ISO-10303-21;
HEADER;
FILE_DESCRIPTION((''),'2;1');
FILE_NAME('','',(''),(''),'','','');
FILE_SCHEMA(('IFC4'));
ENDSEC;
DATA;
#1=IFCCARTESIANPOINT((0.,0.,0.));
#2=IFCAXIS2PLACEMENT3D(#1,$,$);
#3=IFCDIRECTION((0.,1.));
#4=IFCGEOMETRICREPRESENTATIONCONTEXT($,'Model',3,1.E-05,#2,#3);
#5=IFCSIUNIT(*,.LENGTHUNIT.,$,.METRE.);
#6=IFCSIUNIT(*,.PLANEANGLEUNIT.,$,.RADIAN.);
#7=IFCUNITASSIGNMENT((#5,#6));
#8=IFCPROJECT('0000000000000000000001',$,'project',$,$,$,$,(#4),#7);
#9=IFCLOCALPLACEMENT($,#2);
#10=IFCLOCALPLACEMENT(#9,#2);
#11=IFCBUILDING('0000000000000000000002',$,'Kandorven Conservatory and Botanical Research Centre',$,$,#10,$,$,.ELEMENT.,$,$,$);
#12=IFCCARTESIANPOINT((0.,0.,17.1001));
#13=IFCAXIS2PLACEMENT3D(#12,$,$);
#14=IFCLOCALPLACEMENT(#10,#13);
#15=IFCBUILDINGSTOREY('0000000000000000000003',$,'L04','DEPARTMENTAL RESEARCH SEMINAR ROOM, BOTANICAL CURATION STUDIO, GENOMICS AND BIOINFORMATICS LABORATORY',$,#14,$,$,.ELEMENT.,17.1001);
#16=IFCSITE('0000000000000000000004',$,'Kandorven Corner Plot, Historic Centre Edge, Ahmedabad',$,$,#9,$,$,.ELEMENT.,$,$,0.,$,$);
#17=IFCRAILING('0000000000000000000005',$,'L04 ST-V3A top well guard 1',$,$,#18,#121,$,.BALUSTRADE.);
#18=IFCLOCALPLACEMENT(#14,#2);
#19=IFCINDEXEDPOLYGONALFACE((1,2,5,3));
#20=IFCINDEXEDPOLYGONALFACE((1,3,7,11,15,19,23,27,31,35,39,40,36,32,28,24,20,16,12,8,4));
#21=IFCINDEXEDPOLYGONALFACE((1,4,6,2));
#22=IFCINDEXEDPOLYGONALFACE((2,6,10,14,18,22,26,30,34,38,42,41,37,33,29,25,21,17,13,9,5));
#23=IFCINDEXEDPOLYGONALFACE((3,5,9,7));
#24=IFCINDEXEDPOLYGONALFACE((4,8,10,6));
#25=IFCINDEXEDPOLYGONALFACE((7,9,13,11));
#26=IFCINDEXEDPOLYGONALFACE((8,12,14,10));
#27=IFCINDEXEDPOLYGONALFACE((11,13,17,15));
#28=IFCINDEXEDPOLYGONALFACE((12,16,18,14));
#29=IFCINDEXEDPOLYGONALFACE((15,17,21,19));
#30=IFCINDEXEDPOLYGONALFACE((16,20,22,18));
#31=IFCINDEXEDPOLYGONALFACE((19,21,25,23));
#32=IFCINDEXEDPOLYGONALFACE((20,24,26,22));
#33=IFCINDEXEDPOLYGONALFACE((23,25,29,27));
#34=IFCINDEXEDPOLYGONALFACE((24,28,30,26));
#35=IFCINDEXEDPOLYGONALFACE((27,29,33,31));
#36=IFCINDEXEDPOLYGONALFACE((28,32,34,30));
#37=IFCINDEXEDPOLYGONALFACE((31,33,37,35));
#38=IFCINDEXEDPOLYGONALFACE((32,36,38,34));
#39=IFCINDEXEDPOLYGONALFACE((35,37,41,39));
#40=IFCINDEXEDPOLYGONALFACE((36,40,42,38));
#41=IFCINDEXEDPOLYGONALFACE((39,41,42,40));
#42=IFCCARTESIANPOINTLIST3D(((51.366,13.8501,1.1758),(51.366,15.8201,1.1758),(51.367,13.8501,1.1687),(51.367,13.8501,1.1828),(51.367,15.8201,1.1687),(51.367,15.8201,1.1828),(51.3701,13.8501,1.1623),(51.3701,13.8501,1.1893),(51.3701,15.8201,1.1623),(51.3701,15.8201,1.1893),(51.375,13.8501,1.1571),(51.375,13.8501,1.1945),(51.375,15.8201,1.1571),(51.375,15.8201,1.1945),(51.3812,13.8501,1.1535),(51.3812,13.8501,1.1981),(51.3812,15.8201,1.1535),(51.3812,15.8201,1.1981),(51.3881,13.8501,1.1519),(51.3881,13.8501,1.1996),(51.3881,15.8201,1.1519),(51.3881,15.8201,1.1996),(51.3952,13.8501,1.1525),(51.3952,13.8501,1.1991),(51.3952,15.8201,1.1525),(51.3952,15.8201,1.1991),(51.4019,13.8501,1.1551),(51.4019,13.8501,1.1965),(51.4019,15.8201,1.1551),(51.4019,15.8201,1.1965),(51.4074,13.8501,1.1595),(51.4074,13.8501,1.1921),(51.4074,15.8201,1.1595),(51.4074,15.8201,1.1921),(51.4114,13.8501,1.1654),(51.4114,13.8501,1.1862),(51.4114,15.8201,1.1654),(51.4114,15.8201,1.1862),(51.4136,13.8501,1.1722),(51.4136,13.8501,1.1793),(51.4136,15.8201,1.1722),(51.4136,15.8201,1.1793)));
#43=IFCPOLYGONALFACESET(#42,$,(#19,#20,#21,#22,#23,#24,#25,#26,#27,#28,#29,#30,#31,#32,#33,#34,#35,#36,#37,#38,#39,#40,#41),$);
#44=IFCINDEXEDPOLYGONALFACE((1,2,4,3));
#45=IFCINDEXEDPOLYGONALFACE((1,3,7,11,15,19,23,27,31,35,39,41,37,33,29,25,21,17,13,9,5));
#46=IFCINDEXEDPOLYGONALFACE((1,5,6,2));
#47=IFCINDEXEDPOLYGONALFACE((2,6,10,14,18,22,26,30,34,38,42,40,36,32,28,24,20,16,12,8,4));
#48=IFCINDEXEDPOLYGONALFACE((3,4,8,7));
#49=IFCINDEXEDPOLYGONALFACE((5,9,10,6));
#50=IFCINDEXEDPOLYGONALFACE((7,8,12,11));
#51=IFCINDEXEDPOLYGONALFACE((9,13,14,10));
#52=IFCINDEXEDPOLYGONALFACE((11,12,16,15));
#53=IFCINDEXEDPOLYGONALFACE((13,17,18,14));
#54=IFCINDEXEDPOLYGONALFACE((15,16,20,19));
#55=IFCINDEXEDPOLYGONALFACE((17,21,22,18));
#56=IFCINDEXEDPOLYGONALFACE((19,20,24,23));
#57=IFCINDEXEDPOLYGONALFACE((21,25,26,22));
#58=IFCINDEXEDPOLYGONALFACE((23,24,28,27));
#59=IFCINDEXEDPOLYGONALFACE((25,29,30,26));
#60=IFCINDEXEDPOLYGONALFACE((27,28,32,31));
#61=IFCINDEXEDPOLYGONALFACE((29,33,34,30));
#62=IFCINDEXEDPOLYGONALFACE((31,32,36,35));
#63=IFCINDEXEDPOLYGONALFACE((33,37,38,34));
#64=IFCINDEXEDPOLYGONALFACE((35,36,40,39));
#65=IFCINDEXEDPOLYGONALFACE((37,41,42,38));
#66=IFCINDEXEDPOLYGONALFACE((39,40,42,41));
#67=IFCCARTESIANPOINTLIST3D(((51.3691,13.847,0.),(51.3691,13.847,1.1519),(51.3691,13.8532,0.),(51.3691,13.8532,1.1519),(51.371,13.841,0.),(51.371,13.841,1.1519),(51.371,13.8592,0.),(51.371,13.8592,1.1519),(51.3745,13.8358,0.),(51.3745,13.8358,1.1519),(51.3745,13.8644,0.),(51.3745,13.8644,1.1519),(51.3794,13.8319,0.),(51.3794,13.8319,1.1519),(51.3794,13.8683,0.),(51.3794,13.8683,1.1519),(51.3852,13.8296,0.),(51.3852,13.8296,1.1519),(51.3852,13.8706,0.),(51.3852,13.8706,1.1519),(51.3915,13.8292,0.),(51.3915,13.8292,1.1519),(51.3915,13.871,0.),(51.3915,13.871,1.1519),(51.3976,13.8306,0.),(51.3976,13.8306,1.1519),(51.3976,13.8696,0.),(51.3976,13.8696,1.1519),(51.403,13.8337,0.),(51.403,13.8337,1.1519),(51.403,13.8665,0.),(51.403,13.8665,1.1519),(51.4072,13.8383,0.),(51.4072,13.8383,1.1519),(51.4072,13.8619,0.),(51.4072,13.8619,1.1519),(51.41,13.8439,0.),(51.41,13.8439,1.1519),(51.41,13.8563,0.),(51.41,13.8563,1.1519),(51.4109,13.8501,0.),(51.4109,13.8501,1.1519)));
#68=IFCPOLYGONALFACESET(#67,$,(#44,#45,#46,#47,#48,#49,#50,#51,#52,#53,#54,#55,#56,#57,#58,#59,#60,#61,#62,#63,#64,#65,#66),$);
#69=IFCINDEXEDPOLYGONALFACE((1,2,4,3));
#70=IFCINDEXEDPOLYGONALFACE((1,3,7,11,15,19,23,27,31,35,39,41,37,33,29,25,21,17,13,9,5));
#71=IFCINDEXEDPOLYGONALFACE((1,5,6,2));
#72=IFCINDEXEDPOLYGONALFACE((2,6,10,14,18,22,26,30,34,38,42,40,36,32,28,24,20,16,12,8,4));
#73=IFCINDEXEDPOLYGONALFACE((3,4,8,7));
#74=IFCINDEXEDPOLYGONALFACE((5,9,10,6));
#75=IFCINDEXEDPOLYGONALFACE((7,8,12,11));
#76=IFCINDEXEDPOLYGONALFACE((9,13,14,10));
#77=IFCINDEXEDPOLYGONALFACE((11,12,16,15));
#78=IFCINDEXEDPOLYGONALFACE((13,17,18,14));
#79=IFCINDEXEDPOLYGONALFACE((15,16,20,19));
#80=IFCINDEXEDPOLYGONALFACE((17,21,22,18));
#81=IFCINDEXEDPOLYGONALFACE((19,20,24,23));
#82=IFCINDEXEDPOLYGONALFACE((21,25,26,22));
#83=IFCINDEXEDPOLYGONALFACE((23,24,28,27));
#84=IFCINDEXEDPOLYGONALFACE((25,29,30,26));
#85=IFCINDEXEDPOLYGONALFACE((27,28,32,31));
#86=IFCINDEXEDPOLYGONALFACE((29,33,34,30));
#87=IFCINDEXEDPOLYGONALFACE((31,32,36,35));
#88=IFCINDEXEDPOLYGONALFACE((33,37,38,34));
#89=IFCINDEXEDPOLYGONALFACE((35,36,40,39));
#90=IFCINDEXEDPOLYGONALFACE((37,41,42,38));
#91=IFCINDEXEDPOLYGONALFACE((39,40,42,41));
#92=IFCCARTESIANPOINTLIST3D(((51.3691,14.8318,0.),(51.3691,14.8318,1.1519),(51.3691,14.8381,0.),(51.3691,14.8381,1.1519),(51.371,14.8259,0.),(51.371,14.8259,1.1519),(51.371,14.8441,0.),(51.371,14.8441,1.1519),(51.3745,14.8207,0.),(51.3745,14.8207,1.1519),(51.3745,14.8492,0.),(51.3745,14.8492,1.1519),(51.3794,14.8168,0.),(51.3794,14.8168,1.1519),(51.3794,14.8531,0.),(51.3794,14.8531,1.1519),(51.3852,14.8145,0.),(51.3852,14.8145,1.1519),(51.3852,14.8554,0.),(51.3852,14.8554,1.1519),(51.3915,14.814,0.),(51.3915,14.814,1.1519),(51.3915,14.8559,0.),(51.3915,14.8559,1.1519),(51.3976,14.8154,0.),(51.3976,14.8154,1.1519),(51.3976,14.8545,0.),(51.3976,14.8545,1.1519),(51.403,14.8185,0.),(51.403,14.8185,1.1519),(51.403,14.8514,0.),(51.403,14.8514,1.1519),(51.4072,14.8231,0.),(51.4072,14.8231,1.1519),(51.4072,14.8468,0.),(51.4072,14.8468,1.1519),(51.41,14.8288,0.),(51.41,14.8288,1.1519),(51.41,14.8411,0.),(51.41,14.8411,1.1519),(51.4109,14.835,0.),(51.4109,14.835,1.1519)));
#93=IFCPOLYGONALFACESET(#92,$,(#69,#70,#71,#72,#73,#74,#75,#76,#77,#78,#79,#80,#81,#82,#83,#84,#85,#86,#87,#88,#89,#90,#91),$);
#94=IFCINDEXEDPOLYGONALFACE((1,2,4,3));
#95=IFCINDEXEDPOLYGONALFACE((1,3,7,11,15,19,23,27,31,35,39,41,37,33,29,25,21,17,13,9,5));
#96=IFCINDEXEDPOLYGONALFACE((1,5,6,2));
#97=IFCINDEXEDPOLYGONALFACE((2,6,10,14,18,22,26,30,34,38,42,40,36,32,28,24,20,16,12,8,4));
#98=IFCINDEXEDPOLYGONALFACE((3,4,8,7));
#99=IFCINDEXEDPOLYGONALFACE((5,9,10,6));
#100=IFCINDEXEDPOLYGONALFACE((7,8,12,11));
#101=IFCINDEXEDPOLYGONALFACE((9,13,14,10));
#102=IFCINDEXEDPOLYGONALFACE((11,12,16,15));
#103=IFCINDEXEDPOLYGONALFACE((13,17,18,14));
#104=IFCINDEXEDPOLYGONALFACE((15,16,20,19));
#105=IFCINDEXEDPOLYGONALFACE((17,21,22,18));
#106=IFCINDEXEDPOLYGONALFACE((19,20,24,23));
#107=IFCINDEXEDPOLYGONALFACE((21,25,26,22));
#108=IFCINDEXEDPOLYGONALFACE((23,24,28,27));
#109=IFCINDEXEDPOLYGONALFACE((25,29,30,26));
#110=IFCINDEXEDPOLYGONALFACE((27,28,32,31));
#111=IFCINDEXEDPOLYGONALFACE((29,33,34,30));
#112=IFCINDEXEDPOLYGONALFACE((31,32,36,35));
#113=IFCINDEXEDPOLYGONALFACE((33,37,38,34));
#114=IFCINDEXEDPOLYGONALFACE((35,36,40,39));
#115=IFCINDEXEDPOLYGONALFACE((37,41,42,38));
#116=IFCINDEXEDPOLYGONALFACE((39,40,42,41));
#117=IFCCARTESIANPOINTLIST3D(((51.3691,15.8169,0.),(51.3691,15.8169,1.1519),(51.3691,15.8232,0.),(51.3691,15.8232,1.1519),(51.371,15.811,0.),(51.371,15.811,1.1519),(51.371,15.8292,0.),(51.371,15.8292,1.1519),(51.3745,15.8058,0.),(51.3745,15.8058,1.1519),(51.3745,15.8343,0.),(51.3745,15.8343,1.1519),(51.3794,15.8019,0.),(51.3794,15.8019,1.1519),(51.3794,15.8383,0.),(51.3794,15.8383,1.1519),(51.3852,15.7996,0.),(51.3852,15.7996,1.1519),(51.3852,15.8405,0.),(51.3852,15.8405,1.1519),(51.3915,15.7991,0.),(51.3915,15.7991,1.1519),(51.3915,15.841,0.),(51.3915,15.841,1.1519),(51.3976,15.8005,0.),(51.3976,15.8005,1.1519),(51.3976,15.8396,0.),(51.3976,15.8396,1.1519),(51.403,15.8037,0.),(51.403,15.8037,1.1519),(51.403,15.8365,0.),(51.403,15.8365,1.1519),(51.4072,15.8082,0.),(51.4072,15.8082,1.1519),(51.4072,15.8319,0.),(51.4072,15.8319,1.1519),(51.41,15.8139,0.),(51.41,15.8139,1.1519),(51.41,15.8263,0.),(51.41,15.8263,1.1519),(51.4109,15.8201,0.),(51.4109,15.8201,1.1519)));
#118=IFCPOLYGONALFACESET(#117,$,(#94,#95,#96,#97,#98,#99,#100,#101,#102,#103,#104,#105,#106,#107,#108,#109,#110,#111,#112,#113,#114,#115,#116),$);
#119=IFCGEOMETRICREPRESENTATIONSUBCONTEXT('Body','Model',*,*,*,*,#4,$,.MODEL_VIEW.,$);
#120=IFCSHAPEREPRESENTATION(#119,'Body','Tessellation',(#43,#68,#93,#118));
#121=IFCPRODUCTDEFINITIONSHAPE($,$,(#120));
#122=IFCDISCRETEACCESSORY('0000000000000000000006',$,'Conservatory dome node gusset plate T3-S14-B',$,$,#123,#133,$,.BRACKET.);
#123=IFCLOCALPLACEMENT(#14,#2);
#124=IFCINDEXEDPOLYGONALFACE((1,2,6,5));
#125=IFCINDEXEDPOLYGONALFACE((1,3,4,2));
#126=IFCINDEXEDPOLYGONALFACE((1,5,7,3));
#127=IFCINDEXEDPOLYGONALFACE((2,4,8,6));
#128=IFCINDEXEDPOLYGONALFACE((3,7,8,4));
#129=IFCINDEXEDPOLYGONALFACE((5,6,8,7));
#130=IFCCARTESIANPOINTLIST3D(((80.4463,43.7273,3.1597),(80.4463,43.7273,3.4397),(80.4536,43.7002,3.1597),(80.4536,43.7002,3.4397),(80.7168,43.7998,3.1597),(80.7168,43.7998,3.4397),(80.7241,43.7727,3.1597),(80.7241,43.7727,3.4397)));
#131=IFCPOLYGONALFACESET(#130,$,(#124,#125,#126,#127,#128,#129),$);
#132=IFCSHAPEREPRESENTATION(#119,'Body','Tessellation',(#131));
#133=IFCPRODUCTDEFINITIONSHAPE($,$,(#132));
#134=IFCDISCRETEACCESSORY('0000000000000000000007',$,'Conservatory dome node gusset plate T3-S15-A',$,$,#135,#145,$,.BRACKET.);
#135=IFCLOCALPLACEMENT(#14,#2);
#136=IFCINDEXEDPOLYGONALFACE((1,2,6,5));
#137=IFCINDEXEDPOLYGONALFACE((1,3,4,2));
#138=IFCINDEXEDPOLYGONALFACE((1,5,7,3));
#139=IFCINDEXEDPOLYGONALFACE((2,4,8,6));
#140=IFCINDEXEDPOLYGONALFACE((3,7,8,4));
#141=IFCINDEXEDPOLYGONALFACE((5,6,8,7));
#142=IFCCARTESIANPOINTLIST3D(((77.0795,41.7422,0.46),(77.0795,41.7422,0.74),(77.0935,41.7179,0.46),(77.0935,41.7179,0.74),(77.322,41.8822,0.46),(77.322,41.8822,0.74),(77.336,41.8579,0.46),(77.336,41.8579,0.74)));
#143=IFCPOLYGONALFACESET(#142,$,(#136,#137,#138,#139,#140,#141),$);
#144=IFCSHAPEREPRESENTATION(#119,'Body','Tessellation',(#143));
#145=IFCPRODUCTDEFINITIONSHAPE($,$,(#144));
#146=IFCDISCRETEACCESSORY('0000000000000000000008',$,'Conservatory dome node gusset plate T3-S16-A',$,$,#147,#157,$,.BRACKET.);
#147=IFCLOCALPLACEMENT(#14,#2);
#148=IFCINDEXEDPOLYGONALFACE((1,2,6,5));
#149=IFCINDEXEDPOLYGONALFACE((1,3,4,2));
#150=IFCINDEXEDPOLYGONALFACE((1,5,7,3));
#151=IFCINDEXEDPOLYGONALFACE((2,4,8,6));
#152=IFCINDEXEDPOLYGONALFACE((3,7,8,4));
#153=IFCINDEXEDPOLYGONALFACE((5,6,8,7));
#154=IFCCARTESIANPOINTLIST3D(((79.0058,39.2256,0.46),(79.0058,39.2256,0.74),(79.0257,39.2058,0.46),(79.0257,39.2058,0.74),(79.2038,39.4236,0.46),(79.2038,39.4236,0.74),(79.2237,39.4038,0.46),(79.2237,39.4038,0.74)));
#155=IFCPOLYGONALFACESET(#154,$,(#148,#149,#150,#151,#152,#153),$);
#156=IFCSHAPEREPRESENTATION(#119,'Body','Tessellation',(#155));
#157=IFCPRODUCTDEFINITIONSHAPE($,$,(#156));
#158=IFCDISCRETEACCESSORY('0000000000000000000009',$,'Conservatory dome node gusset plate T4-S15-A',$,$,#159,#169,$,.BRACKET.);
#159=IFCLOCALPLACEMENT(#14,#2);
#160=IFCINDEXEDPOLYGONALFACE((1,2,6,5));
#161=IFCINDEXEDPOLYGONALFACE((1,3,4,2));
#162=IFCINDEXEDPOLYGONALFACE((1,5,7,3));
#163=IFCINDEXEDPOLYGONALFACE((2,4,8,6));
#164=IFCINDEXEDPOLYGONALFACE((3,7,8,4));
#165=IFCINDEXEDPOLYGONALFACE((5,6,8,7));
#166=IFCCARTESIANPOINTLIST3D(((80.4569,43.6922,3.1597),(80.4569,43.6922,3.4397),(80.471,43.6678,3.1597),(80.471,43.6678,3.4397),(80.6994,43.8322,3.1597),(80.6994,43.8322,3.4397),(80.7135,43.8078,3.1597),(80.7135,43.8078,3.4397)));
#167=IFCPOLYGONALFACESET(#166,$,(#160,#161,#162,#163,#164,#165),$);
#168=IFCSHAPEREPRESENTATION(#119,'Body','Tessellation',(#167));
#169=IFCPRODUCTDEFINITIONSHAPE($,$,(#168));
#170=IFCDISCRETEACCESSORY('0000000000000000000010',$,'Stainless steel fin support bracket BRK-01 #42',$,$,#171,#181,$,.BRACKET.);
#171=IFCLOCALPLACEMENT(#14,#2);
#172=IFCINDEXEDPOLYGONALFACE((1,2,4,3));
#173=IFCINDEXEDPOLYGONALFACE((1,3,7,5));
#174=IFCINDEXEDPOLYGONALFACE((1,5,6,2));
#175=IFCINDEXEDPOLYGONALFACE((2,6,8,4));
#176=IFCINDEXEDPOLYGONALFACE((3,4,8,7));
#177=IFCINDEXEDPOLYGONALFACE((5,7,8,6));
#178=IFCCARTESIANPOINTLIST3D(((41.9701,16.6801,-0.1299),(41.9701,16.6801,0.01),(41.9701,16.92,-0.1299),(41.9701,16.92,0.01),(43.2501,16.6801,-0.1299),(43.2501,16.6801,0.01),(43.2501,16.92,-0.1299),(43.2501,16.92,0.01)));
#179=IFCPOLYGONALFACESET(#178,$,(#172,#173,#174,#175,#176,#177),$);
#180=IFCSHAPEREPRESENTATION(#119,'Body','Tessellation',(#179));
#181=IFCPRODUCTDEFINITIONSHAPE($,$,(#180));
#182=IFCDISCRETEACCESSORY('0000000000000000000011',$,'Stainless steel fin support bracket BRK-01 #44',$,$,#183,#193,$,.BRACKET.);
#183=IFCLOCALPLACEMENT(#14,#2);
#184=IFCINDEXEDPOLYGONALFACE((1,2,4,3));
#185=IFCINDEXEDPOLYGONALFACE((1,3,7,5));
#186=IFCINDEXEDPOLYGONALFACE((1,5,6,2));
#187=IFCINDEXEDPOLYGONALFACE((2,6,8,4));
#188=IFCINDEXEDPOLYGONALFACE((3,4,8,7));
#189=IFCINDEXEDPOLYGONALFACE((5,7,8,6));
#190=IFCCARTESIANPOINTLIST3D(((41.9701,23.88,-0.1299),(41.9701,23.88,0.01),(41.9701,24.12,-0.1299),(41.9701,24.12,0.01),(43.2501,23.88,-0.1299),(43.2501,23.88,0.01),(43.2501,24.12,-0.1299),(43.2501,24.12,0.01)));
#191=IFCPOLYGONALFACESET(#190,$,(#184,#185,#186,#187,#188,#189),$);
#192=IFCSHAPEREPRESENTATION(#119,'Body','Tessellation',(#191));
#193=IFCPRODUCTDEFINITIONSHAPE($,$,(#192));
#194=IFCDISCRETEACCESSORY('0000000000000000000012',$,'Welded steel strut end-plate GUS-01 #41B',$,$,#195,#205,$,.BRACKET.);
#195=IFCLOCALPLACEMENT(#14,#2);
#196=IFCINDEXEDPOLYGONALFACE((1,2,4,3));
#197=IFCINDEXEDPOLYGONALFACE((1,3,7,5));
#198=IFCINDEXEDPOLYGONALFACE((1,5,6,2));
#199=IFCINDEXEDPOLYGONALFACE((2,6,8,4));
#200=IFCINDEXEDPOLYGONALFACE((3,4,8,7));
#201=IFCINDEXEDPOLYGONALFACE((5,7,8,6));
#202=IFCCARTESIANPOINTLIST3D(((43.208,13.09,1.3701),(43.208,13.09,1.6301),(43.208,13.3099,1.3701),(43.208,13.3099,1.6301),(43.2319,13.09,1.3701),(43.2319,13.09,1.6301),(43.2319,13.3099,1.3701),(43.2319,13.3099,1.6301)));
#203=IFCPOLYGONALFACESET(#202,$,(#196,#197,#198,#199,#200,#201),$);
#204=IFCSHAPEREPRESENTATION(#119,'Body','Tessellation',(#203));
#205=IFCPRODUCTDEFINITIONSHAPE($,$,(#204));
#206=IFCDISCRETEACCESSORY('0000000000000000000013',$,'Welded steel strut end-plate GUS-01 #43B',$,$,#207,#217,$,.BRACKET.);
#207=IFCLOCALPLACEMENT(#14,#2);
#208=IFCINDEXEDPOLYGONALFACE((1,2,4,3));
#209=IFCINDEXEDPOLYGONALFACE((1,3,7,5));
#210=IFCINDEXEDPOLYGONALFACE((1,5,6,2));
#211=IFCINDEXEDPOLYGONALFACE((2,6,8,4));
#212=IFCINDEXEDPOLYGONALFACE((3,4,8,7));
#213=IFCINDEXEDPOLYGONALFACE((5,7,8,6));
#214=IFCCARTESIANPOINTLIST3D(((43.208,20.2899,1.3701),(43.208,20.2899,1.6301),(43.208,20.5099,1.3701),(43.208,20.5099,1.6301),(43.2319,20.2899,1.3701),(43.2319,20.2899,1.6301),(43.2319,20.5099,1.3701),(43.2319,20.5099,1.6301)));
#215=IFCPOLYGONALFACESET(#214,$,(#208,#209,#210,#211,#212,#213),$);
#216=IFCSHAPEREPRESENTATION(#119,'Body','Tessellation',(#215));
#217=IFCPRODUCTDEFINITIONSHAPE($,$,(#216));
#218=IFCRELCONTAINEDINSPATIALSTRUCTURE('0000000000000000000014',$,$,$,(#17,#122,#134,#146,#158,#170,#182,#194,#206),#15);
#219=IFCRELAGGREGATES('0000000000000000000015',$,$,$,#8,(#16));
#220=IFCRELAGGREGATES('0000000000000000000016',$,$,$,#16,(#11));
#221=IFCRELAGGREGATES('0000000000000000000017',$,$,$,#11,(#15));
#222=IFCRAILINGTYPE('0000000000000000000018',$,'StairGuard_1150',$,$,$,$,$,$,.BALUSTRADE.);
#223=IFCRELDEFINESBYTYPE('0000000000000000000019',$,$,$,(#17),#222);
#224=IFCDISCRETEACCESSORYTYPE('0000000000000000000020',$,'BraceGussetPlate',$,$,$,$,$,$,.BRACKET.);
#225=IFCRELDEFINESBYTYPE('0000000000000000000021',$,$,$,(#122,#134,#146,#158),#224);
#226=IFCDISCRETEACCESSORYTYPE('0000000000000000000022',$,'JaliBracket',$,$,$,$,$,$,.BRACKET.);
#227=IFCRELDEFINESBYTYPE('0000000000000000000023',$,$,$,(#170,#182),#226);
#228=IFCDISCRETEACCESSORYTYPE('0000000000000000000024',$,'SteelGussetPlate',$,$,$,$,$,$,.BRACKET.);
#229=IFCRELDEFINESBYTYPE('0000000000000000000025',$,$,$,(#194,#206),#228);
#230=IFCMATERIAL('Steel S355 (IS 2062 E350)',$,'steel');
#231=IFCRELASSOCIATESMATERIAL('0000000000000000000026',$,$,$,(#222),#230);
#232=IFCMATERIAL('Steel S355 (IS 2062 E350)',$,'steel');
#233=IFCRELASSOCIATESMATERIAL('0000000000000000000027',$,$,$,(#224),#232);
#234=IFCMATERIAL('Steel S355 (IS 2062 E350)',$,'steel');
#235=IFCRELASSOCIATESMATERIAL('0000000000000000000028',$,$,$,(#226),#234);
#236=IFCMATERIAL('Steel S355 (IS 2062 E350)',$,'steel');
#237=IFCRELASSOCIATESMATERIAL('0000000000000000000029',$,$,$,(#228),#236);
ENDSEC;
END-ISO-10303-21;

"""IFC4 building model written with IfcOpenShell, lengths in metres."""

from ifc_helpers import new_model, si_unit, direction, frame, origin, origin_2d, place, context, subcontext, project, spatial, rectangle, circle, extrude, material, type_object, element, save


model = new_model("IFC4")

# Units and contexts
model_context = context("Model", 3, precision=1e-05, world=origin(), true_north=direction((0.0, 1.0)))
body_context = subcontext(model_context, "Body", "Model", "MODEL_VIEW")
ifc_project = project(units=[si_unit("LENGTHUNIT", "METRE"), si_unit("PLANEANGLEUNIT", "RADIAN")], contexts=[model_context])

# Site, building, storey
site_placement = place(None, origin())
site = spatial("IfcSite", under=ifc_project, at=site_placement, Name="Kandorven Corner Plot, Historic Centre Edge, Ahmedabad", CompositionType="ELEMENT", RefElevation=0.0)
building_placement = place(site_placement, origin())
building = spatial("IfcBuilding", under=site, at=building_placement, Name="Kandorven Conservatory and Botanical Research Centre", CompositionType="ELEMENT")
storey_placement = place(building_placement, frame((0.0, 0.0, 17.1001)))
storey = spatial("IfcBuildingStorey", under=building, at=storey_placement, Name="L04", Description="DEPARTMENTAL RESEARCH SEMINAR ROOM, BOTANICAL CURATION STUDIO, GENOMICS AND BIOINFORMATICS LABORATORY", CompositionType="ELEMENT", Elevation=17.1001)

# Railing
ifc_material_1 = material(Name="Steel S355 (IS 2062 E350)", Category="steel")
railing_type = type_object("IfcRailingType", Name="StairGuard_1150", PredefinedType="BALUSTRADE", material=ifc_material_1)
railing_placement = place(storey_placement, frame((51.3899, 13.8501, 0.0)))
element("IfcRailing", 1, at=railing_placement, inside=storey, type_object=railing_type, Name="L04 ST-V3A top well guard 1", PredefinedType="BALUSTRADE", context=body_context, shape_type="SweptSolid", body=[
    extrude(circle(Radius=0.0239, at=origin_2d()), frame((0.0, 0.0, 1.1758), z_axis=(0.0, 1.0, 0.0), x_axis=(-1.0, 0.0, 0.0)), (0.0, 0.0, 1.0), 1.97),
    extrude(circle(Radius=0.021, at=origin_2d()), origin(), (0.0, 0.0, 1.0), 1.1519),
    extrude(circle(Radius=0.021, at=origin_2d()), frame((0.0, 0.9849, 0.0)), (0.0, 0.0, 1.0), 1.1519),
    extrude(circle(Radius=0.021, at=origin_2d()), frame((0.0, 1.97, 0.0)), (0.0, 0.0, 1.0), 1.1519),
])

# Discrete accessories
ifc_material_2 = material(Name="Steel S355 (IS 2062 E350)", Category="steel")
discrete_accessory_type_1 = type_object("IfcDiscreteAccessoryType", Name="BraceGussetPlate", PredefinedType="BRACKET", material=ifc_material_2)
for number, where, z_axis, x_axis, name in (
    (2, (80.5852, 43.75, 3.1597), (0.0, 0.0, 1.0), (-0.965926, -0.258819, 0.0), "Conservatory dome node gusset plate T3-S14-B"),
    (3, (77.2078, 41.8, 0.46), (0.0, 0.0, 1.0), (-0.866025, -0.5, 0.0), "Conservatory dome node gusset plate T3-S15-A"),
    (4, (79.1147, 39.3147, 0.46), (0.0, 0.0, 1.0), (-0.707107, -0.707107, 0.0), "Conservatory dome node gusset plate T3-S16-A"),
    (5, (80.5852, 43.75, 3.1597), (0.0, 0.0, 1.0), (-0.866025, -0.5, 0.0), "Conservatory dome node gusset plate T4-S15-A"),
):
    element("IfcDiscreteAccessory", number, at=place(storey_placement, frame(where, z_axis=z_axis, x_axis=x_axis)), inside=storey, type_object=discrete_accessory_type_1, Name=name, PredefinedType="BRACKET", context=body_context, shape_type="SweptSolid", body=[
        extrude(rectangle(XDim=0.28, YDim=0.0281, at=origin_2d()), origin(), (0.0, 0.0, 1.0), 0.28),
    ])
ifc_material_3 = material(Name="Steel S355 (IS 2062 E350)", Category="steel")
discrete_accessory_type_2 = type_object("IfcDiscreteAccessoryType", Name="JaliBracket", PredefinedType="BRACKET", material=ifc_material_3)
for number, where, z_axis, x_axis, name in (
    (6, (42.6101, 16.8, -0.1299), (0.0, 0.0, 1.0), (1.0, 0.0, 0.0), "Stainless steel fin support bracket BRK-01 #42"),
    (7, (42.6101, 24.0, -0.1299), (0.0, 0.0, 1.0), (1.0, 0.0, 0.0), "Stainless steel fin support bracket BRK-01 #44"),
):
    element("IfcDiscreteAccessory", number, at=place(storey_placement, frame(where, z_axis=z_axis, x_axis=x_axis)), inside=storey, type_object=discrete_accessory_type_2, Name=name, PredefinedType="BRACKET", context=body_context, shape_type="SweptSolid", body=[
        extrude(rectangle(XDim=1.28, YDim=0.24, at=origin_2d()), origin(), (0.0, 0.0, 1.0), 0.1399),
    ])
ifc_material_4 = material(Name="Steel S355 (IS 2062 E350)", Category="steel")
discrete_accessory_type_3 = type_object("IfcDiscreteAccessoryType", Name="SteelGussetPlate", PredefinedType="BRACKET", material=ifc_material_4)
for number, where, z_axis, x_axis, name in (
    (8, (43.22, 13.2, 1.3701), (0.0, 0.0, 1.0), (1.0, 0.0, 0.0), "Welded steel strut end-plate GUS-01 #41B"),
    (9, (43.22, 20.3999, 1.3701), (0.0, 0.0, 1.0), (1.0, 0.0, 0.0), "Welded steel strut end-plate GUS-01 #43B"),
):
    element("IfcDiscreteAccessory", number, at=place(storey_placement, frame(where, z_axis=z_axis, x_axis=x_axis)), inside=storey, type_object=discrete_accessory_type_3, Name=name, PredefinedType="BRACKET", context=body_context, shape_type="SweptSolid", body=[
        extrude(rectangle(XDim=0.0239, YDim=0.22, at=origin_2d()), origin(), (0.0, 0.0, 1.0), 0.26),
    ])

save(model, "model.ifc")
